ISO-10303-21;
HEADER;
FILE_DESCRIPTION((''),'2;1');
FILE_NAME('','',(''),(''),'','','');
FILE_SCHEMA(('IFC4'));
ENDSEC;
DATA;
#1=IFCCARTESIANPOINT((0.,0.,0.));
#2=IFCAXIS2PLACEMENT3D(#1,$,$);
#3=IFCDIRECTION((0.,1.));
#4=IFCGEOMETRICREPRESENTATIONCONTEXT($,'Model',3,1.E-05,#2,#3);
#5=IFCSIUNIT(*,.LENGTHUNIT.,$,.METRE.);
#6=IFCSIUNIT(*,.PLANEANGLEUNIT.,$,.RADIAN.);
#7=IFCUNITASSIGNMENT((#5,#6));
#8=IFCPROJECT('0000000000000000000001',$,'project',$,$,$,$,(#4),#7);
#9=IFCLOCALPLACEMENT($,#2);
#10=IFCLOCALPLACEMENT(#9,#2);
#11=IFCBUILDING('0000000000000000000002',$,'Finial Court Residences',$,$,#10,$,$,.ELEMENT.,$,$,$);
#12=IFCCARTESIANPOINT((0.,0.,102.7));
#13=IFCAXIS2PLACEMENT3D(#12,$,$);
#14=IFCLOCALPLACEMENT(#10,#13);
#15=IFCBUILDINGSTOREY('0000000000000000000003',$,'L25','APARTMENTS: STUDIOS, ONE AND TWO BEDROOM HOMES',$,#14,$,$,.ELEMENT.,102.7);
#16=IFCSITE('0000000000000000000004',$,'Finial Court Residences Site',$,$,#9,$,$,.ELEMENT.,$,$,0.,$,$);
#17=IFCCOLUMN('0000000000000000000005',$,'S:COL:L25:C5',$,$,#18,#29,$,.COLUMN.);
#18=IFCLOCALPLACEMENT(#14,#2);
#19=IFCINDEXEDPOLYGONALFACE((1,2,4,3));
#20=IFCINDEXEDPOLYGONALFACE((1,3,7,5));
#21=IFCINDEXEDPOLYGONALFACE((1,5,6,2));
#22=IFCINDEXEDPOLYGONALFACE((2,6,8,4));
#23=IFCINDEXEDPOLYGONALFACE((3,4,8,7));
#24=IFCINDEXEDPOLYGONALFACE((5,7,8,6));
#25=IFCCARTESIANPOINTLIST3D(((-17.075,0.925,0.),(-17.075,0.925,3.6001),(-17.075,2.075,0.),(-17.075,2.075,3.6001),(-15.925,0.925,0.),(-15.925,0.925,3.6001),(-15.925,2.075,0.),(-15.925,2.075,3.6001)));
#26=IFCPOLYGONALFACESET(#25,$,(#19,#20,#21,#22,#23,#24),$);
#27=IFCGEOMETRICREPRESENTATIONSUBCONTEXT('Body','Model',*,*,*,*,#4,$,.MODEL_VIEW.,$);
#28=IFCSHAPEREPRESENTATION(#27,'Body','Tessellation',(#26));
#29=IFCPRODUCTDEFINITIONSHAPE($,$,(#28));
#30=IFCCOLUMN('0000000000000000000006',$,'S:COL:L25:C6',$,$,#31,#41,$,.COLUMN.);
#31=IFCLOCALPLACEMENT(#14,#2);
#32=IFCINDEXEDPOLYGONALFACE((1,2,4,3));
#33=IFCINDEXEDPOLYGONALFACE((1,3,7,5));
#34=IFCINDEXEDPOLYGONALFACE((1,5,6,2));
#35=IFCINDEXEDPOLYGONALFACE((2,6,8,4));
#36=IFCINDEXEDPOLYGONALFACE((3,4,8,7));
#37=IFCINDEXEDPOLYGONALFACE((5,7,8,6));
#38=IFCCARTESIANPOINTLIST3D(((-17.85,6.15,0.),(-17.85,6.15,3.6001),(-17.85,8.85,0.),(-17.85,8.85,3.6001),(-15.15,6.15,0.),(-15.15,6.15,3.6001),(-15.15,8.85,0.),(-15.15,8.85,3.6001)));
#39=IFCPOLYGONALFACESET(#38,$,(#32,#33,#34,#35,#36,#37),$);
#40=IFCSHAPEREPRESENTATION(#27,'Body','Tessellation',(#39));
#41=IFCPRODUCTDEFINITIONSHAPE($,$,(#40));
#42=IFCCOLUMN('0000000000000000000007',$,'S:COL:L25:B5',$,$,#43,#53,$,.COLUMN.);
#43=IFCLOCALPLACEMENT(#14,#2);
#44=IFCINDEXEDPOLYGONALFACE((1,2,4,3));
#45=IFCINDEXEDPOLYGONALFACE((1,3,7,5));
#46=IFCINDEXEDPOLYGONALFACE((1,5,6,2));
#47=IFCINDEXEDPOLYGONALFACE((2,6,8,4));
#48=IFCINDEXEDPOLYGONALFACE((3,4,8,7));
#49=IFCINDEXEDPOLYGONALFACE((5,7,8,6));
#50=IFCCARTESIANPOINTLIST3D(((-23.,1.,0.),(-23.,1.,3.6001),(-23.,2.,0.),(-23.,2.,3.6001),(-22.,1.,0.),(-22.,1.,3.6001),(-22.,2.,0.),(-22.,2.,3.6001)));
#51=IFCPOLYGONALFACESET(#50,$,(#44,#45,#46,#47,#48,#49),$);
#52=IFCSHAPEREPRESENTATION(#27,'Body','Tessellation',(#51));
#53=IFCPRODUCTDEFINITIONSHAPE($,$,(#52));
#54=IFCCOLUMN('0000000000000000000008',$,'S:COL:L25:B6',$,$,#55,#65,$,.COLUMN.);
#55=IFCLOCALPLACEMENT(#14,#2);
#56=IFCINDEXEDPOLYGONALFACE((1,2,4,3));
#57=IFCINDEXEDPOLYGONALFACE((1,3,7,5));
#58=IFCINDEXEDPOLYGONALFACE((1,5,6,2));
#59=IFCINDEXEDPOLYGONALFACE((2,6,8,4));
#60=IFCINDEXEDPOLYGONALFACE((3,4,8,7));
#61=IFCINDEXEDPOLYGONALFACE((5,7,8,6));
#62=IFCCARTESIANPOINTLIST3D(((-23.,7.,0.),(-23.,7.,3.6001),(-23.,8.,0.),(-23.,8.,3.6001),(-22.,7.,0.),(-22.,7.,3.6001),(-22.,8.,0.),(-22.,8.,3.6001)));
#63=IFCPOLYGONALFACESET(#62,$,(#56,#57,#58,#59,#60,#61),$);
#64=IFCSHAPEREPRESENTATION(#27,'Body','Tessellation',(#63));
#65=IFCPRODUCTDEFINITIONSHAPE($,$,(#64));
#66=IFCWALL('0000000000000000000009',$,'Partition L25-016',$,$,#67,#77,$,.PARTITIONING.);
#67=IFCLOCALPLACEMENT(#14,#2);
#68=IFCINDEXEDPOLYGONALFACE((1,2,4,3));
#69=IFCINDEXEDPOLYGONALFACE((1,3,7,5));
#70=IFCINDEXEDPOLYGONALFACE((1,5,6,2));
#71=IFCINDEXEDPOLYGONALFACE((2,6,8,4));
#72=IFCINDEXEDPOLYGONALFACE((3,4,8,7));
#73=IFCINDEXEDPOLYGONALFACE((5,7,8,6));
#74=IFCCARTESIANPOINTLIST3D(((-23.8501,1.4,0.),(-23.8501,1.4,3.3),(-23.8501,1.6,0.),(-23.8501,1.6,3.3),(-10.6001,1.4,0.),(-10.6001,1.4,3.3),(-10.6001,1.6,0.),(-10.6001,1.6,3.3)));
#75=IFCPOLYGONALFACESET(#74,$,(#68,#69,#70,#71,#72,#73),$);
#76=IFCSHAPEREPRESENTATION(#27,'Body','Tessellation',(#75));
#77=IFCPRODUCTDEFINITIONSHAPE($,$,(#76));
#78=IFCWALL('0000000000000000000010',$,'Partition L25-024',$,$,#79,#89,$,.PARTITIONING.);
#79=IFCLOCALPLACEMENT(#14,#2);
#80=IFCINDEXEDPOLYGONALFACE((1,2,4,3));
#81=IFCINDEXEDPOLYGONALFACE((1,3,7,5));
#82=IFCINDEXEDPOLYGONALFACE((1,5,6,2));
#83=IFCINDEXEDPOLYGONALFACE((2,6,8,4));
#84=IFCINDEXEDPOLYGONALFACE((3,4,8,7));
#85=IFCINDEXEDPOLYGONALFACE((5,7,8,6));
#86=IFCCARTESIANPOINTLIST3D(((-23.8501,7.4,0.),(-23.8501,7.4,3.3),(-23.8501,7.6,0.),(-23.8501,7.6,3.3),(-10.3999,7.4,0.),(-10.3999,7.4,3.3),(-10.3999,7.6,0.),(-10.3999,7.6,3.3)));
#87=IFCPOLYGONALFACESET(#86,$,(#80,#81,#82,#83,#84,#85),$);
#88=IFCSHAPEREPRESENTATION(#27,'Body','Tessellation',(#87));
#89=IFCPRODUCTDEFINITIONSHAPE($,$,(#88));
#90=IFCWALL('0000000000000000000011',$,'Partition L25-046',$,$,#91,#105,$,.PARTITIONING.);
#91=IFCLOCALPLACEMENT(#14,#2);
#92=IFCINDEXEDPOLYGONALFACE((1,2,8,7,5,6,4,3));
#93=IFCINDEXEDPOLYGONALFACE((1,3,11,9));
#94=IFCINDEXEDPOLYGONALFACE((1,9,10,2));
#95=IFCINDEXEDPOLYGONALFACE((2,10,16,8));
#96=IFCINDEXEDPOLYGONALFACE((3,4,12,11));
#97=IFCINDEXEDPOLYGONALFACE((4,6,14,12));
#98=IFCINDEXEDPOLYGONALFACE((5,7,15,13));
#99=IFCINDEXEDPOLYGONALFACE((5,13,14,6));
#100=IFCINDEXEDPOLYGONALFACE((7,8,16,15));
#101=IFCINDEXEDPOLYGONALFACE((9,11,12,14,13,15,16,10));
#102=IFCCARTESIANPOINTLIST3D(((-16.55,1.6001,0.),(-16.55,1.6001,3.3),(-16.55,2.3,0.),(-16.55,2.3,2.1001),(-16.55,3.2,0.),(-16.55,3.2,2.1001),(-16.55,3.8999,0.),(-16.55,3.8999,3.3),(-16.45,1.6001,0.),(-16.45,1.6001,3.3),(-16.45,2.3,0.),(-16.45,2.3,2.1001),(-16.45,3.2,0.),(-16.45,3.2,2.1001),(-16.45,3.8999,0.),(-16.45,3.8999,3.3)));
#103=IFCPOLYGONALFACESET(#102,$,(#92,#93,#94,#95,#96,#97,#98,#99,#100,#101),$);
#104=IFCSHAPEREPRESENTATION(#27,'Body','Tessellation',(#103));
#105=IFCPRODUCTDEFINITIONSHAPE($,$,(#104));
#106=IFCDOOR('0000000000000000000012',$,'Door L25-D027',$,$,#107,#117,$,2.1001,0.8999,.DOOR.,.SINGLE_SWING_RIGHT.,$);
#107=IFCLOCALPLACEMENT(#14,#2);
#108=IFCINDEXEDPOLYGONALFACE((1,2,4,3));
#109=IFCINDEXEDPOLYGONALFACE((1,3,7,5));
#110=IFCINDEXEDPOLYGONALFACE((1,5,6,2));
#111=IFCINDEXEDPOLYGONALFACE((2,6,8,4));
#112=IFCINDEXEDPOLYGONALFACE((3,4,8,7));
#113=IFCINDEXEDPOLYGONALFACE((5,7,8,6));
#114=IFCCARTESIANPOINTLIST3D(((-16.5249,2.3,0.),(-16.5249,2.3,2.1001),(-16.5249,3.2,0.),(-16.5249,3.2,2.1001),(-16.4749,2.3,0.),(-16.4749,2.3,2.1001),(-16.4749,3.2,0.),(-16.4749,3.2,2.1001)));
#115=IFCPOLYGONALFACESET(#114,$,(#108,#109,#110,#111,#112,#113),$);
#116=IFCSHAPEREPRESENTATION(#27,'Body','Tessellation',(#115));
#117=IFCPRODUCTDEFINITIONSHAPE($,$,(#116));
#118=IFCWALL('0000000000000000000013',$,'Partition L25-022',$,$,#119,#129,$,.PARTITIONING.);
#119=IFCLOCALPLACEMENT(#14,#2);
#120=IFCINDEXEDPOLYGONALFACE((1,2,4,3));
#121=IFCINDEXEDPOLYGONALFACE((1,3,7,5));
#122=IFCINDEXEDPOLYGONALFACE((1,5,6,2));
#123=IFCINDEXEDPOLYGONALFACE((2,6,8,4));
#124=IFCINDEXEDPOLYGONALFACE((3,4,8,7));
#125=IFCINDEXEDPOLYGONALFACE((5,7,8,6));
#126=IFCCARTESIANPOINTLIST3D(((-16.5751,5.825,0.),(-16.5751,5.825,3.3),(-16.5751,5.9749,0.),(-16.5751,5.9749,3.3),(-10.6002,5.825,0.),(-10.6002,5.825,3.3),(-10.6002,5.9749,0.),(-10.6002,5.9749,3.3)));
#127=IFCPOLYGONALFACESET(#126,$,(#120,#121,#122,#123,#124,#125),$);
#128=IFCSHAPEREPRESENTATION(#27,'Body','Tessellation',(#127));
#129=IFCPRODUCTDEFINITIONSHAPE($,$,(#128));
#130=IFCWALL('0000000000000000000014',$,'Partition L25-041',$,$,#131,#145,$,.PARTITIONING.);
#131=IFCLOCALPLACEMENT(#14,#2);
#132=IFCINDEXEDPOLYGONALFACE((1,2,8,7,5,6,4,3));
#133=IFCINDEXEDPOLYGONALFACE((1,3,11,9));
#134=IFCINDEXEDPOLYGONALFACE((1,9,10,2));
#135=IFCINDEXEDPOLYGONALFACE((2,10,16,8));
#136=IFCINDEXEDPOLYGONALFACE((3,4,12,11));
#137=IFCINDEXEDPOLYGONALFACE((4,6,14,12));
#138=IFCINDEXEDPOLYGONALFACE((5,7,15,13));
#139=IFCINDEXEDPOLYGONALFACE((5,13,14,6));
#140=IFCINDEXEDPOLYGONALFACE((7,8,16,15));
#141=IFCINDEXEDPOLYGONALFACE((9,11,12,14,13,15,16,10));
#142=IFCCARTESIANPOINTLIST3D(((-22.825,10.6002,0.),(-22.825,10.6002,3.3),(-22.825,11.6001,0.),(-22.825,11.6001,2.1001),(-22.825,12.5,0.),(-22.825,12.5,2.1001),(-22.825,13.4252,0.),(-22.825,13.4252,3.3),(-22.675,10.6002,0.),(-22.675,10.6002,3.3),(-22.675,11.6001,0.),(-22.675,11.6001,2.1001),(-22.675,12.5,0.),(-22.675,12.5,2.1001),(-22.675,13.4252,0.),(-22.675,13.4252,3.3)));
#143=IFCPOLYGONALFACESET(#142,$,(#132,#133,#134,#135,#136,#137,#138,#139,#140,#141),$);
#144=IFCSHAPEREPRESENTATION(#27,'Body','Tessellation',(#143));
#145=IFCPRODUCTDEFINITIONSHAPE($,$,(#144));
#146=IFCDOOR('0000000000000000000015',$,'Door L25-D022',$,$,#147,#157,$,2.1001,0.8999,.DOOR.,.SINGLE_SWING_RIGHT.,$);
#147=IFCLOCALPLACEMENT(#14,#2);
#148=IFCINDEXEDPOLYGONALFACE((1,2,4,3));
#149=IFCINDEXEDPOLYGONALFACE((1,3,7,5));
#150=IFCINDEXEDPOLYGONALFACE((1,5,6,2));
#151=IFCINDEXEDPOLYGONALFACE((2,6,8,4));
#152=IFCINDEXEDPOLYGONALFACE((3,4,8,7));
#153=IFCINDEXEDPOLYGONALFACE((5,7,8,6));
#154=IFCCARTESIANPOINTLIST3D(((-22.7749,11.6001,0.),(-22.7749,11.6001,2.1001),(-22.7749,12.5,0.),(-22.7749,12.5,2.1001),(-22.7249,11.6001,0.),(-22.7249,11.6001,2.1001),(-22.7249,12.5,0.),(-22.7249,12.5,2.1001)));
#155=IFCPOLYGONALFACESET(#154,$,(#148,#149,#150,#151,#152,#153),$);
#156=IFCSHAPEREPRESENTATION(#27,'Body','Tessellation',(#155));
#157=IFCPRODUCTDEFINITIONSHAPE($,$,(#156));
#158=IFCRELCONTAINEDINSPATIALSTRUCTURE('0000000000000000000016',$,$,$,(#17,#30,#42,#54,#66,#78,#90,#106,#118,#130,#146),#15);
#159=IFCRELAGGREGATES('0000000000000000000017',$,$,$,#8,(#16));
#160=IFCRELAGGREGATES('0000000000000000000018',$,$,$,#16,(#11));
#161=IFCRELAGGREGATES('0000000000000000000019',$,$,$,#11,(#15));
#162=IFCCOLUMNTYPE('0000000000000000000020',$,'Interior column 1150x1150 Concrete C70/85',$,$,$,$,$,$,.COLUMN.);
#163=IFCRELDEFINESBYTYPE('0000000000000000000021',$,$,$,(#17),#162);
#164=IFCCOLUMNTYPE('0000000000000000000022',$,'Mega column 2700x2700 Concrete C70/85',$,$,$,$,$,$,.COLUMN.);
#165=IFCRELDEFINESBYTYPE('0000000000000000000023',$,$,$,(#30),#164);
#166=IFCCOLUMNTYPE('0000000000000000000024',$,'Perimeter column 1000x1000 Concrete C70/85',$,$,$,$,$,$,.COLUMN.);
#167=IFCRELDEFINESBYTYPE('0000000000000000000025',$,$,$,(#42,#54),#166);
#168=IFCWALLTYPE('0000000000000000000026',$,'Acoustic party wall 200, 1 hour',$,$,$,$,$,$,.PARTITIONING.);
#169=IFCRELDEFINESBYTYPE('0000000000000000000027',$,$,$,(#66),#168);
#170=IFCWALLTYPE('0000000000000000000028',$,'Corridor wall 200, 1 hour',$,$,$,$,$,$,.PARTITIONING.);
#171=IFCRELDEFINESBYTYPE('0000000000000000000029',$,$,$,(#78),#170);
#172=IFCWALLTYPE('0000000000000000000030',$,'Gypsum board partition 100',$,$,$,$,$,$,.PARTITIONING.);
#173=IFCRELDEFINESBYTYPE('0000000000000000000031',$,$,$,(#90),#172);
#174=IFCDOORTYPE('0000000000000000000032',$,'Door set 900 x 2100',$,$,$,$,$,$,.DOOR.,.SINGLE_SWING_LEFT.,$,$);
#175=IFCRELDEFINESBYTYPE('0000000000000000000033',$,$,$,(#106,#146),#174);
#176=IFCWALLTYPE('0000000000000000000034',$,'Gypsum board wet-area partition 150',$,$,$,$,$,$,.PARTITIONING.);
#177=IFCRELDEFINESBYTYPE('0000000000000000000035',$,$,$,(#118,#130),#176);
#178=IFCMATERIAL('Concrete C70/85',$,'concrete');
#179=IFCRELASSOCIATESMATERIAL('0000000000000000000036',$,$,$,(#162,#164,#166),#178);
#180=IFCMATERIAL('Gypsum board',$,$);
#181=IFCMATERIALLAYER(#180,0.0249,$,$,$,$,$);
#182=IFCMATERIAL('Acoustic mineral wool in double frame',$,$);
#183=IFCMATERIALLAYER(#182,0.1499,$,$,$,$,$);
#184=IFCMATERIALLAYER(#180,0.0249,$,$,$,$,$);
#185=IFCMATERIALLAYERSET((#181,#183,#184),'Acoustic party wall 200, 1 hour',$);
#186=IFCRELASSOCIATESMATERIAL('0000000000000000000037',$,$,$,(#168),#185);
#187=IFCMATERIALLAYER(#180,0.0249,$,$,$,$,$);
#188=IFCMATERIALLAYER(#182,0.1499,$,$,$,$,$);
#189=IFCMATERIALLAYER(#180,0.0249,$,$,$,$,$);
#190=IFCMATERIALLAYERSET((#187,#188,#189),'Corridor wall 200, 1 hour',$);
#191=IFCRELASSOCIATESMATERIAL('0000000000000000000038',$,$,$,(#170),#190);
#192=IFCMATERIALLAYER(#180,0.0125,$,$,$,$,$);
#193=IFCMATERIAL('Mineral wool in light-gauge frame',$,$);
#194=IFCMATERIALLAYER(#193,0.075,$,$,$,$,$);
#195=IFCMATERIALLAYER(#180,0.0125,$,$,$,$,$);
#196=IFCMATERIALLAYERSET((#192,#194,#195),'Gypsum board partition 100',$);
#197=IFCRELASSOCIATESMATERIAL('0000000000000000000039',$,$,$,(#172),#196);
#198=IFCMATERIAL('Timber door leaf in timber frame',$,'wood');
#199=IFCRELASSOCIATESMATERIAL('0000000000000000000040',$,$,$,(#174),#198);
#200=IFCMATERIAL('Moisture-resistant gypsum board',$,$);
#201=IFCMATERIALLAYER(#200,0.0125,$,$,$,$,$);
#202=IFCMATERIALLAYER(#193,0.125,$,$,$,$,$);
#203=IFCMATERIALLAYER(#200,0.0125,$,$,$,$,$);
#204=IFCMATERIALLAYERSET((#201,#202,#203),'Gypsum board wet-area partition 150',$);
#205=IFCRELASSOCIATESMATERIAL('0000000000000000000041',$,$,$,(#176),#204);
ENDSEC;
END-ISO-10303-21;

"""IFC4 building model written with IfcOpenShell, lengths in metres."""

from ifc_helpers import new_model, si_unit, direction, frame, frame_2d, origin, origin_2d, place, context, subcontext, project, spatial, rectangle, extrude, material, layer, layer_set, material_profile, profile_set, type_object, element, fill, save


model = new_model("IFC4")

# Units and contexts
model_context = context("Model", 3, precision=1e-05, world=origin(), true_north=direction((0.0, 1.0)))
body_context = subcontext(model_context, "Body", "Model", "MODEL_VIEW")
ifc_project = project(units=[si_unit("LENGTHUNIT", "METRE"), si_unit("PLANEANGLEUNIT", "RADIAN")], contexts=[model_context])

# Site, building, storey
site_placement = place(None, origin())
site = spatial("IfcSite", under=ifc_project, at=site_placement, Name="Finial Court Residences Site", CompositionType="ELEMENT", RefElevation=0.0)
building_placement = place(site_placement, origin())
building = spatial("IfcBuilding", under=site, at=building_placement, Name="Finial Court Residences", CompositionType="ELEMENT")
storey_placement = place(building_placement, frame((0.0, 0.0, 102.7)))
storey = spatial("IfcBuildingStorey", under=building, at=storey_placement, Name="L25", Description="APARTMENTS: STUDIOS, ONE AND TWO BEDROOM HOMES", CompositionType="ELEMENT", Elevation=102.7)

# Columns
ifc_material_1 = material(Name="Concrete C70/85", Category="concrete")
ifc_material_profile_1 = material_profile(ifc_material_1, rectangle(XDim=1.1499, YDim=1.1499, at=origin_2d()), Name="1150x1150")
ifc_profile_set_1 = profile_set([ifc_material_profile_1], Name="Concrete C70/85")
column_type_1 = type_object("IfcColumnType", Name="Interior column 1150x1150 Concrete C70/85", PredefinedType="COLUMN", material=ifc_profile_set_1)
column_1_placement = place(storey_placement, frame((-16.5, 1.5, 0.0), z_axis=(0.0, 0.0, 1.0), x_axis=(1.0, 0.0, 0.0)))
element("IfcColumn", 1, at=column_1_placement, inside=storey, type_object=column_type_1, Name="S:COL:L25:C5", PredefinedType="COLUMN", context=body_context, shape_type="SweptSolid", body=[
    extrude(rectangle(XDim=1.1499, YDim=1.1499, at=origin_2d()), origin(), (0.0, 0.0, 1.0), 3.6001),
])
ifc_material_profile_2 = material_profile(ifc_material_1, rectangle(XDim=2.7, YDim=2.7, at=origin_2d()), Name="2700x2700")
ifc_profile_set_2 = profile_set([ifc_material_profile_2], Name="Concrete C70/85")
column_type_2 = type_object("IfcColumnType", Name="Mega column 2700x2700 Concrete C70/85", PredefinedType="COLUMN", material=ifc_profile_set_2)
column_2_placement = place(storey_placement, frame((-16.5, 7.5, 0.0), z_axis=(0.0, 0.0, 1.0), x_axis=(1.0, 0.0, 0.0)))
element("IfcColumn", 2, at=column_2_placement, inside=storey, type_object=column_type_2, Name="S:COL:L25:C6", PredefinedType="COLUMN", context=body_context, shape_type="SweptSolid", body=[
    extrude(rectangle(XDim=2.7, YDim=2.7, at=origin_2d()), origin(), (0.0, 0.0, 1.0), 3.6001),
])
ifc_material_profile_3 = material_profile(ifc_material_1, rectangle(XDim=1.0, YDim=1.0, at=origin_2d()), Name="1000x1000")
ifc_profile_set_3 = profile_set([ifc_material_profile_3], Name="Concrete C70/85")
column_type_3 = type_object("IfcColumnType", Name="Perimeter column 1000x1000 Concrete C70/85", PredefinedType="COLUMN", material=ifc_profile_set_3)
for number, where, z_axis, x_axis, name in (
    (3, (-22.5, 1.5, 0.0), (0.0, 0.0, 1.0), (1.0, 0.0, 0.0), "S:COL:L25:B5"),
    (4, (-22.5, 7.5, 0.0), (0.0, 0.0, 1.0), (1.0, 0.0, 0.0), "S:COL:L25:B6"),
):
    element("IfcColumn", number, at=place(storey_placement, frame(where, z_axis=z_axis, x_axis=x_axis)), inside=storey, type_object=column_type_3, Name=name, PredefinedType="COLUMN", context=body_context, shape_type="SweptSolid", body=[
        extrude(rectangle(XDim=1.0, YDim=1.0, at=origin_2d()), origin(), (0.0, 0.0, 1.0), 3.6001),
    ])

# Walls
ifc_material_2 = material(Name="Gypsum board")
ifc_layer_1 = layer(ifc_material_2, 0.0249)
ifc_material_3 = material(Name="Acoustic mineral wool in double frame")
ifc_layer_2 = layer(ifc_material_3, 0.1499)
ifc_layer_3 = layer(ifc_material_2, 0.0249)
ifc_layer_set_1 = layer_set([ifc_layer_1, ifc_layer_2, ifc_layer_3], Name="Acoustic party wall 200, 1 hour")
wall_type_1 = type_object("IfcWallType", Name="Acoustic party wall 200, 1 hour", PredefinedType="PARTITIONING", material=ifc_layer_set_1)
wall_1_placement = place(storey_placement, frame((-23.8501, 1.5, 0.0), z_axis=(0.0, 0.0, 1.0), x_axis=(1.0, 0.0, 0.0)))
element("IfcWall", 5, at=wall_1_placement, inside=storey, type_object=wall_type_1, Name="Partition L25-016", PredefinedType="PARTITIONING", context=body_context, shape_type="SweptSolid", body=[
    extrude(rectangle(XDim=13.25, YDim=0.2, at=frame_2d((6.625, 0.0))), origin(), (0.0, 0.0, 1.0), 3.3),
])
ifc_layer_4 = layer(ifc_material_2, 0.0249)
ifc_layer_5 = layer(ifc_material_3, 0.1499)
ifc_layer_6 = layer(ifc_material_2, 0.0249)
ifc_layer_set_2 = layer_set([ifc_layer_4, ifc_layer_5, ifc_layer_6], Name="Corridor wall 200, 1 hour")
wall_type_2 = type_object("IfcWallType", Name="Corridor wall 200, 1 hour", PredefinedType="PARTITIONING", material=ifc_layer_set_2)
wall_2_placement = place(storey_placement, frame((-23.8501, 7.5, 0.0), z_axis=(0.0, 0.0, 1.0), x_axis=(1.0, 0.0, 0.0)))
element("IfcWall", 6, at=wall_2_placement, inside=storey, type_object=wall_type_2, Name="Partition L25-024", PredefinedType="PARTITIONING", context=body_context, shape_type="SweptSolid", body=[
    extrude(rectangle(XDim=13.4502, YDim=0.2, at=frame_2d((6.7251, 0.0))), origin(), (0.0, 0.0, 1.0), 3.3),
])

# Wall, opening, door
ifc_layer_7 = layer(ifc_material_2, 0.0125)
ifc_material_4 = material(Name="Mineral wool in light-gauge frame")
ifc_layer_8 = layer(ifc_material_4, 0.075)
ifc_layer_9 = layer(ifc_material_2, 0.0125)
ifc_layer_set_3 = layer_set([ifc_layer_7, ifc_layer_8, ifc_layer_9], Name="Gypsum board partition 100")
wall_type_3 = type_object("IfcWallType", Name="Gypsum board partition 100", PredefinedType="PARTITIONING", material=ifc_layer_set_3)
wall_3_placement = place(storey_placement, frame((-16.5, 1.6001, 0.0), z_axis=(0.0, 0.0, 1.0), x_axis=(0.0, 1.0, 0.0)))
wall_3 = element("IfcWall", 7, at=wall_3_placement, inside=storey, type_object=wall_type_3, Name="Partition L25-046", PredefinedType="PARTITIONING", context=body_context, shape_type="SweptSolid", body=[
    extrude(rectangle(XDim=2.2998, YDim=0.1001, at=frame_2d((1.1499, 0.0))), origin(), (0.0, 0.0, 1.0), 3.3),
])
opening_1_placement = place(wall_3_placement, frame((0.7, 0.0, 0.0)))
opening_1 = element("IfcOpeningElement", 8, at=opening_1_placement, cuts=wall_3, PredefinedType="OPENING", context=body_context, shape_type="SweptSolid", body=[
    extrude(rectangle(XDim=0.8999, YDim=2.1001, at=frame_2d((0.45, 1.05))), frame((0.0, 0.0601, 0.0), z_axis=(0.0, -1.0, 0.0), x_axis=(1.0, 0.0, 0.0)), (0.0, 0.0, 1.0), 0.1201),
])
ifc_material_5 = material(Name="Timber door leaf in timber frame", Category="wood")
door_type = type_object("IfcDoorType", Name="Door set 900 x 2100", OperationType="SINGLE_SWING_LEFT", PredefinedType="DOOR", material=ifc_material_5)
door_1_placement = place(opening_1_placement, origin())
door_1 = element("IfcDoor", 9, at=door_1_placement, inside=storey, type_object=door_type, Name="Door L25-D027", OperationType="SINGLE_SWING_RIGHT", OverallHeight=2.1001, OverallWidth=0.8999, PredefinedType="DOOR", context=body_context, shape_type="SweptSolid", body=[
    extrude(rectangle(XDim=0.8999, YDim=2.1001, at=frame_2d((0.45, 1.05))), frame((0.0, 0.0249, 0.0), z_axis=(0.0, -1.0, 0.0), x_axis=(1.0, 0.0, 0.0)), (0.0, 0.0, 1.0), 0.05),
])
fill(opening_1, door_1)

# Wall
ifc_material_6 = material(Name="Moisture-resistant gypsum board")
ifc_layer_10 = layer(ifc_material_6, 0.0125)
ifc_layer_11 = layer(ifc_material_4, 0.125)
ifc_layer_12 = layer(ifc_material_6, 0.0125)
ifc_layer_set_4 = layer_set([ifc_layer_10, ifc_layer_11, ifc_layer_12], Name="Gypsum board wet-area partition 150")
wall_type_4 = type_object("IfcWallType", Name="Gypsum board wet-area partition 150", PredefinedType="PARTITIONING", material=ifc_layer_set_4)
wall_4_placement = place(storey_placement, frame((-16.575, 5.8999, 0.0), z_axis=(0.0, 0.0, 1.0), x_axis=(1.0, 0.0, 0.0)))
element("IfcWall", 10, at=wall_4_placement, inside=storey, type_object=wall_type_4, Name="Partition L25-022", PredefinedType="PARTITIONING", context=body_context, shape_type="SweptSolid", body=[
    extrude(rectangle(XDim=5.9749, YDim=0.1499, at=frame_2d((2.9873, 0.0))), origin(), (0.0, 0.0, 1.0), 3.3),
])

# Wall, opening, door
wall_5_placement = place(storey_placement, frame((-22.75, 10.6001, 0.0), z_axis=(0.0, 0.0, 1.0), x_axis=(0.0, 1.0, 0.0)))
wall_5 = element("IfcWall", 11, at=wall_5_placement, inside=storey, type_object=wall_type_4, Name="Partition L25-041", PredefinedType="PARTITIONING", context=body_context, shape_type="SweptSolid", body=[
    extrude(rectangle(XDim=2.825, YDim=0.1499, at=frame_2d((1.4126, 0.0))), origin(), (0.0, 0.0, 1.0), 3.3),
])
opening_2_placement = place(wall_5_placement, frame((1.0, 0.0, 0.0)))
opening_2 = element("IfcOpeningElement", 12, at=opening_2_placement, cuts=wall_5, PredefinedType="OPENING", context=body_context, shape_type="SweptSolid", body=[
    extrude(rectangle(XDim=0.8999, YDim=2.1001, at=frame_2d((0.45, 1.05))), frame((0.0, 0.085, 0.0), z_axis=(0.0, -1.0, 0.0), x_axis=(1.0, 0.0, 0.0)), (0.0, 0.0, 1.0), 0.1699),
])
door_2_placement = place(opening_2_placement, origin())
door_2 = element("IfcDoor", 13, at=door_2_placement, inside=storey, type_object=door_type, Name="Door L25-D022", OperationType="SINGLE_SWING_RIGHT", OverallHeight=2.1001, OverallWidth=0.8999, PredefinedType="DOOR", context=body_context, shape_type="SweptSolid", body=[
    extrude(rectangle(XDim=0.8999, YDim=2.1001, at=frame_2d((0.45, 1.05))), frame((0.0, 0.0249, 0.0), z_axis=(0.0, -1.0, 0.0), x_axis=(1.0, 0.0, 0.0)), (0.0, 0.0, 1.0), 0.05),
])
fill(opening_2, door_2)

save(model, "model.ifc")
